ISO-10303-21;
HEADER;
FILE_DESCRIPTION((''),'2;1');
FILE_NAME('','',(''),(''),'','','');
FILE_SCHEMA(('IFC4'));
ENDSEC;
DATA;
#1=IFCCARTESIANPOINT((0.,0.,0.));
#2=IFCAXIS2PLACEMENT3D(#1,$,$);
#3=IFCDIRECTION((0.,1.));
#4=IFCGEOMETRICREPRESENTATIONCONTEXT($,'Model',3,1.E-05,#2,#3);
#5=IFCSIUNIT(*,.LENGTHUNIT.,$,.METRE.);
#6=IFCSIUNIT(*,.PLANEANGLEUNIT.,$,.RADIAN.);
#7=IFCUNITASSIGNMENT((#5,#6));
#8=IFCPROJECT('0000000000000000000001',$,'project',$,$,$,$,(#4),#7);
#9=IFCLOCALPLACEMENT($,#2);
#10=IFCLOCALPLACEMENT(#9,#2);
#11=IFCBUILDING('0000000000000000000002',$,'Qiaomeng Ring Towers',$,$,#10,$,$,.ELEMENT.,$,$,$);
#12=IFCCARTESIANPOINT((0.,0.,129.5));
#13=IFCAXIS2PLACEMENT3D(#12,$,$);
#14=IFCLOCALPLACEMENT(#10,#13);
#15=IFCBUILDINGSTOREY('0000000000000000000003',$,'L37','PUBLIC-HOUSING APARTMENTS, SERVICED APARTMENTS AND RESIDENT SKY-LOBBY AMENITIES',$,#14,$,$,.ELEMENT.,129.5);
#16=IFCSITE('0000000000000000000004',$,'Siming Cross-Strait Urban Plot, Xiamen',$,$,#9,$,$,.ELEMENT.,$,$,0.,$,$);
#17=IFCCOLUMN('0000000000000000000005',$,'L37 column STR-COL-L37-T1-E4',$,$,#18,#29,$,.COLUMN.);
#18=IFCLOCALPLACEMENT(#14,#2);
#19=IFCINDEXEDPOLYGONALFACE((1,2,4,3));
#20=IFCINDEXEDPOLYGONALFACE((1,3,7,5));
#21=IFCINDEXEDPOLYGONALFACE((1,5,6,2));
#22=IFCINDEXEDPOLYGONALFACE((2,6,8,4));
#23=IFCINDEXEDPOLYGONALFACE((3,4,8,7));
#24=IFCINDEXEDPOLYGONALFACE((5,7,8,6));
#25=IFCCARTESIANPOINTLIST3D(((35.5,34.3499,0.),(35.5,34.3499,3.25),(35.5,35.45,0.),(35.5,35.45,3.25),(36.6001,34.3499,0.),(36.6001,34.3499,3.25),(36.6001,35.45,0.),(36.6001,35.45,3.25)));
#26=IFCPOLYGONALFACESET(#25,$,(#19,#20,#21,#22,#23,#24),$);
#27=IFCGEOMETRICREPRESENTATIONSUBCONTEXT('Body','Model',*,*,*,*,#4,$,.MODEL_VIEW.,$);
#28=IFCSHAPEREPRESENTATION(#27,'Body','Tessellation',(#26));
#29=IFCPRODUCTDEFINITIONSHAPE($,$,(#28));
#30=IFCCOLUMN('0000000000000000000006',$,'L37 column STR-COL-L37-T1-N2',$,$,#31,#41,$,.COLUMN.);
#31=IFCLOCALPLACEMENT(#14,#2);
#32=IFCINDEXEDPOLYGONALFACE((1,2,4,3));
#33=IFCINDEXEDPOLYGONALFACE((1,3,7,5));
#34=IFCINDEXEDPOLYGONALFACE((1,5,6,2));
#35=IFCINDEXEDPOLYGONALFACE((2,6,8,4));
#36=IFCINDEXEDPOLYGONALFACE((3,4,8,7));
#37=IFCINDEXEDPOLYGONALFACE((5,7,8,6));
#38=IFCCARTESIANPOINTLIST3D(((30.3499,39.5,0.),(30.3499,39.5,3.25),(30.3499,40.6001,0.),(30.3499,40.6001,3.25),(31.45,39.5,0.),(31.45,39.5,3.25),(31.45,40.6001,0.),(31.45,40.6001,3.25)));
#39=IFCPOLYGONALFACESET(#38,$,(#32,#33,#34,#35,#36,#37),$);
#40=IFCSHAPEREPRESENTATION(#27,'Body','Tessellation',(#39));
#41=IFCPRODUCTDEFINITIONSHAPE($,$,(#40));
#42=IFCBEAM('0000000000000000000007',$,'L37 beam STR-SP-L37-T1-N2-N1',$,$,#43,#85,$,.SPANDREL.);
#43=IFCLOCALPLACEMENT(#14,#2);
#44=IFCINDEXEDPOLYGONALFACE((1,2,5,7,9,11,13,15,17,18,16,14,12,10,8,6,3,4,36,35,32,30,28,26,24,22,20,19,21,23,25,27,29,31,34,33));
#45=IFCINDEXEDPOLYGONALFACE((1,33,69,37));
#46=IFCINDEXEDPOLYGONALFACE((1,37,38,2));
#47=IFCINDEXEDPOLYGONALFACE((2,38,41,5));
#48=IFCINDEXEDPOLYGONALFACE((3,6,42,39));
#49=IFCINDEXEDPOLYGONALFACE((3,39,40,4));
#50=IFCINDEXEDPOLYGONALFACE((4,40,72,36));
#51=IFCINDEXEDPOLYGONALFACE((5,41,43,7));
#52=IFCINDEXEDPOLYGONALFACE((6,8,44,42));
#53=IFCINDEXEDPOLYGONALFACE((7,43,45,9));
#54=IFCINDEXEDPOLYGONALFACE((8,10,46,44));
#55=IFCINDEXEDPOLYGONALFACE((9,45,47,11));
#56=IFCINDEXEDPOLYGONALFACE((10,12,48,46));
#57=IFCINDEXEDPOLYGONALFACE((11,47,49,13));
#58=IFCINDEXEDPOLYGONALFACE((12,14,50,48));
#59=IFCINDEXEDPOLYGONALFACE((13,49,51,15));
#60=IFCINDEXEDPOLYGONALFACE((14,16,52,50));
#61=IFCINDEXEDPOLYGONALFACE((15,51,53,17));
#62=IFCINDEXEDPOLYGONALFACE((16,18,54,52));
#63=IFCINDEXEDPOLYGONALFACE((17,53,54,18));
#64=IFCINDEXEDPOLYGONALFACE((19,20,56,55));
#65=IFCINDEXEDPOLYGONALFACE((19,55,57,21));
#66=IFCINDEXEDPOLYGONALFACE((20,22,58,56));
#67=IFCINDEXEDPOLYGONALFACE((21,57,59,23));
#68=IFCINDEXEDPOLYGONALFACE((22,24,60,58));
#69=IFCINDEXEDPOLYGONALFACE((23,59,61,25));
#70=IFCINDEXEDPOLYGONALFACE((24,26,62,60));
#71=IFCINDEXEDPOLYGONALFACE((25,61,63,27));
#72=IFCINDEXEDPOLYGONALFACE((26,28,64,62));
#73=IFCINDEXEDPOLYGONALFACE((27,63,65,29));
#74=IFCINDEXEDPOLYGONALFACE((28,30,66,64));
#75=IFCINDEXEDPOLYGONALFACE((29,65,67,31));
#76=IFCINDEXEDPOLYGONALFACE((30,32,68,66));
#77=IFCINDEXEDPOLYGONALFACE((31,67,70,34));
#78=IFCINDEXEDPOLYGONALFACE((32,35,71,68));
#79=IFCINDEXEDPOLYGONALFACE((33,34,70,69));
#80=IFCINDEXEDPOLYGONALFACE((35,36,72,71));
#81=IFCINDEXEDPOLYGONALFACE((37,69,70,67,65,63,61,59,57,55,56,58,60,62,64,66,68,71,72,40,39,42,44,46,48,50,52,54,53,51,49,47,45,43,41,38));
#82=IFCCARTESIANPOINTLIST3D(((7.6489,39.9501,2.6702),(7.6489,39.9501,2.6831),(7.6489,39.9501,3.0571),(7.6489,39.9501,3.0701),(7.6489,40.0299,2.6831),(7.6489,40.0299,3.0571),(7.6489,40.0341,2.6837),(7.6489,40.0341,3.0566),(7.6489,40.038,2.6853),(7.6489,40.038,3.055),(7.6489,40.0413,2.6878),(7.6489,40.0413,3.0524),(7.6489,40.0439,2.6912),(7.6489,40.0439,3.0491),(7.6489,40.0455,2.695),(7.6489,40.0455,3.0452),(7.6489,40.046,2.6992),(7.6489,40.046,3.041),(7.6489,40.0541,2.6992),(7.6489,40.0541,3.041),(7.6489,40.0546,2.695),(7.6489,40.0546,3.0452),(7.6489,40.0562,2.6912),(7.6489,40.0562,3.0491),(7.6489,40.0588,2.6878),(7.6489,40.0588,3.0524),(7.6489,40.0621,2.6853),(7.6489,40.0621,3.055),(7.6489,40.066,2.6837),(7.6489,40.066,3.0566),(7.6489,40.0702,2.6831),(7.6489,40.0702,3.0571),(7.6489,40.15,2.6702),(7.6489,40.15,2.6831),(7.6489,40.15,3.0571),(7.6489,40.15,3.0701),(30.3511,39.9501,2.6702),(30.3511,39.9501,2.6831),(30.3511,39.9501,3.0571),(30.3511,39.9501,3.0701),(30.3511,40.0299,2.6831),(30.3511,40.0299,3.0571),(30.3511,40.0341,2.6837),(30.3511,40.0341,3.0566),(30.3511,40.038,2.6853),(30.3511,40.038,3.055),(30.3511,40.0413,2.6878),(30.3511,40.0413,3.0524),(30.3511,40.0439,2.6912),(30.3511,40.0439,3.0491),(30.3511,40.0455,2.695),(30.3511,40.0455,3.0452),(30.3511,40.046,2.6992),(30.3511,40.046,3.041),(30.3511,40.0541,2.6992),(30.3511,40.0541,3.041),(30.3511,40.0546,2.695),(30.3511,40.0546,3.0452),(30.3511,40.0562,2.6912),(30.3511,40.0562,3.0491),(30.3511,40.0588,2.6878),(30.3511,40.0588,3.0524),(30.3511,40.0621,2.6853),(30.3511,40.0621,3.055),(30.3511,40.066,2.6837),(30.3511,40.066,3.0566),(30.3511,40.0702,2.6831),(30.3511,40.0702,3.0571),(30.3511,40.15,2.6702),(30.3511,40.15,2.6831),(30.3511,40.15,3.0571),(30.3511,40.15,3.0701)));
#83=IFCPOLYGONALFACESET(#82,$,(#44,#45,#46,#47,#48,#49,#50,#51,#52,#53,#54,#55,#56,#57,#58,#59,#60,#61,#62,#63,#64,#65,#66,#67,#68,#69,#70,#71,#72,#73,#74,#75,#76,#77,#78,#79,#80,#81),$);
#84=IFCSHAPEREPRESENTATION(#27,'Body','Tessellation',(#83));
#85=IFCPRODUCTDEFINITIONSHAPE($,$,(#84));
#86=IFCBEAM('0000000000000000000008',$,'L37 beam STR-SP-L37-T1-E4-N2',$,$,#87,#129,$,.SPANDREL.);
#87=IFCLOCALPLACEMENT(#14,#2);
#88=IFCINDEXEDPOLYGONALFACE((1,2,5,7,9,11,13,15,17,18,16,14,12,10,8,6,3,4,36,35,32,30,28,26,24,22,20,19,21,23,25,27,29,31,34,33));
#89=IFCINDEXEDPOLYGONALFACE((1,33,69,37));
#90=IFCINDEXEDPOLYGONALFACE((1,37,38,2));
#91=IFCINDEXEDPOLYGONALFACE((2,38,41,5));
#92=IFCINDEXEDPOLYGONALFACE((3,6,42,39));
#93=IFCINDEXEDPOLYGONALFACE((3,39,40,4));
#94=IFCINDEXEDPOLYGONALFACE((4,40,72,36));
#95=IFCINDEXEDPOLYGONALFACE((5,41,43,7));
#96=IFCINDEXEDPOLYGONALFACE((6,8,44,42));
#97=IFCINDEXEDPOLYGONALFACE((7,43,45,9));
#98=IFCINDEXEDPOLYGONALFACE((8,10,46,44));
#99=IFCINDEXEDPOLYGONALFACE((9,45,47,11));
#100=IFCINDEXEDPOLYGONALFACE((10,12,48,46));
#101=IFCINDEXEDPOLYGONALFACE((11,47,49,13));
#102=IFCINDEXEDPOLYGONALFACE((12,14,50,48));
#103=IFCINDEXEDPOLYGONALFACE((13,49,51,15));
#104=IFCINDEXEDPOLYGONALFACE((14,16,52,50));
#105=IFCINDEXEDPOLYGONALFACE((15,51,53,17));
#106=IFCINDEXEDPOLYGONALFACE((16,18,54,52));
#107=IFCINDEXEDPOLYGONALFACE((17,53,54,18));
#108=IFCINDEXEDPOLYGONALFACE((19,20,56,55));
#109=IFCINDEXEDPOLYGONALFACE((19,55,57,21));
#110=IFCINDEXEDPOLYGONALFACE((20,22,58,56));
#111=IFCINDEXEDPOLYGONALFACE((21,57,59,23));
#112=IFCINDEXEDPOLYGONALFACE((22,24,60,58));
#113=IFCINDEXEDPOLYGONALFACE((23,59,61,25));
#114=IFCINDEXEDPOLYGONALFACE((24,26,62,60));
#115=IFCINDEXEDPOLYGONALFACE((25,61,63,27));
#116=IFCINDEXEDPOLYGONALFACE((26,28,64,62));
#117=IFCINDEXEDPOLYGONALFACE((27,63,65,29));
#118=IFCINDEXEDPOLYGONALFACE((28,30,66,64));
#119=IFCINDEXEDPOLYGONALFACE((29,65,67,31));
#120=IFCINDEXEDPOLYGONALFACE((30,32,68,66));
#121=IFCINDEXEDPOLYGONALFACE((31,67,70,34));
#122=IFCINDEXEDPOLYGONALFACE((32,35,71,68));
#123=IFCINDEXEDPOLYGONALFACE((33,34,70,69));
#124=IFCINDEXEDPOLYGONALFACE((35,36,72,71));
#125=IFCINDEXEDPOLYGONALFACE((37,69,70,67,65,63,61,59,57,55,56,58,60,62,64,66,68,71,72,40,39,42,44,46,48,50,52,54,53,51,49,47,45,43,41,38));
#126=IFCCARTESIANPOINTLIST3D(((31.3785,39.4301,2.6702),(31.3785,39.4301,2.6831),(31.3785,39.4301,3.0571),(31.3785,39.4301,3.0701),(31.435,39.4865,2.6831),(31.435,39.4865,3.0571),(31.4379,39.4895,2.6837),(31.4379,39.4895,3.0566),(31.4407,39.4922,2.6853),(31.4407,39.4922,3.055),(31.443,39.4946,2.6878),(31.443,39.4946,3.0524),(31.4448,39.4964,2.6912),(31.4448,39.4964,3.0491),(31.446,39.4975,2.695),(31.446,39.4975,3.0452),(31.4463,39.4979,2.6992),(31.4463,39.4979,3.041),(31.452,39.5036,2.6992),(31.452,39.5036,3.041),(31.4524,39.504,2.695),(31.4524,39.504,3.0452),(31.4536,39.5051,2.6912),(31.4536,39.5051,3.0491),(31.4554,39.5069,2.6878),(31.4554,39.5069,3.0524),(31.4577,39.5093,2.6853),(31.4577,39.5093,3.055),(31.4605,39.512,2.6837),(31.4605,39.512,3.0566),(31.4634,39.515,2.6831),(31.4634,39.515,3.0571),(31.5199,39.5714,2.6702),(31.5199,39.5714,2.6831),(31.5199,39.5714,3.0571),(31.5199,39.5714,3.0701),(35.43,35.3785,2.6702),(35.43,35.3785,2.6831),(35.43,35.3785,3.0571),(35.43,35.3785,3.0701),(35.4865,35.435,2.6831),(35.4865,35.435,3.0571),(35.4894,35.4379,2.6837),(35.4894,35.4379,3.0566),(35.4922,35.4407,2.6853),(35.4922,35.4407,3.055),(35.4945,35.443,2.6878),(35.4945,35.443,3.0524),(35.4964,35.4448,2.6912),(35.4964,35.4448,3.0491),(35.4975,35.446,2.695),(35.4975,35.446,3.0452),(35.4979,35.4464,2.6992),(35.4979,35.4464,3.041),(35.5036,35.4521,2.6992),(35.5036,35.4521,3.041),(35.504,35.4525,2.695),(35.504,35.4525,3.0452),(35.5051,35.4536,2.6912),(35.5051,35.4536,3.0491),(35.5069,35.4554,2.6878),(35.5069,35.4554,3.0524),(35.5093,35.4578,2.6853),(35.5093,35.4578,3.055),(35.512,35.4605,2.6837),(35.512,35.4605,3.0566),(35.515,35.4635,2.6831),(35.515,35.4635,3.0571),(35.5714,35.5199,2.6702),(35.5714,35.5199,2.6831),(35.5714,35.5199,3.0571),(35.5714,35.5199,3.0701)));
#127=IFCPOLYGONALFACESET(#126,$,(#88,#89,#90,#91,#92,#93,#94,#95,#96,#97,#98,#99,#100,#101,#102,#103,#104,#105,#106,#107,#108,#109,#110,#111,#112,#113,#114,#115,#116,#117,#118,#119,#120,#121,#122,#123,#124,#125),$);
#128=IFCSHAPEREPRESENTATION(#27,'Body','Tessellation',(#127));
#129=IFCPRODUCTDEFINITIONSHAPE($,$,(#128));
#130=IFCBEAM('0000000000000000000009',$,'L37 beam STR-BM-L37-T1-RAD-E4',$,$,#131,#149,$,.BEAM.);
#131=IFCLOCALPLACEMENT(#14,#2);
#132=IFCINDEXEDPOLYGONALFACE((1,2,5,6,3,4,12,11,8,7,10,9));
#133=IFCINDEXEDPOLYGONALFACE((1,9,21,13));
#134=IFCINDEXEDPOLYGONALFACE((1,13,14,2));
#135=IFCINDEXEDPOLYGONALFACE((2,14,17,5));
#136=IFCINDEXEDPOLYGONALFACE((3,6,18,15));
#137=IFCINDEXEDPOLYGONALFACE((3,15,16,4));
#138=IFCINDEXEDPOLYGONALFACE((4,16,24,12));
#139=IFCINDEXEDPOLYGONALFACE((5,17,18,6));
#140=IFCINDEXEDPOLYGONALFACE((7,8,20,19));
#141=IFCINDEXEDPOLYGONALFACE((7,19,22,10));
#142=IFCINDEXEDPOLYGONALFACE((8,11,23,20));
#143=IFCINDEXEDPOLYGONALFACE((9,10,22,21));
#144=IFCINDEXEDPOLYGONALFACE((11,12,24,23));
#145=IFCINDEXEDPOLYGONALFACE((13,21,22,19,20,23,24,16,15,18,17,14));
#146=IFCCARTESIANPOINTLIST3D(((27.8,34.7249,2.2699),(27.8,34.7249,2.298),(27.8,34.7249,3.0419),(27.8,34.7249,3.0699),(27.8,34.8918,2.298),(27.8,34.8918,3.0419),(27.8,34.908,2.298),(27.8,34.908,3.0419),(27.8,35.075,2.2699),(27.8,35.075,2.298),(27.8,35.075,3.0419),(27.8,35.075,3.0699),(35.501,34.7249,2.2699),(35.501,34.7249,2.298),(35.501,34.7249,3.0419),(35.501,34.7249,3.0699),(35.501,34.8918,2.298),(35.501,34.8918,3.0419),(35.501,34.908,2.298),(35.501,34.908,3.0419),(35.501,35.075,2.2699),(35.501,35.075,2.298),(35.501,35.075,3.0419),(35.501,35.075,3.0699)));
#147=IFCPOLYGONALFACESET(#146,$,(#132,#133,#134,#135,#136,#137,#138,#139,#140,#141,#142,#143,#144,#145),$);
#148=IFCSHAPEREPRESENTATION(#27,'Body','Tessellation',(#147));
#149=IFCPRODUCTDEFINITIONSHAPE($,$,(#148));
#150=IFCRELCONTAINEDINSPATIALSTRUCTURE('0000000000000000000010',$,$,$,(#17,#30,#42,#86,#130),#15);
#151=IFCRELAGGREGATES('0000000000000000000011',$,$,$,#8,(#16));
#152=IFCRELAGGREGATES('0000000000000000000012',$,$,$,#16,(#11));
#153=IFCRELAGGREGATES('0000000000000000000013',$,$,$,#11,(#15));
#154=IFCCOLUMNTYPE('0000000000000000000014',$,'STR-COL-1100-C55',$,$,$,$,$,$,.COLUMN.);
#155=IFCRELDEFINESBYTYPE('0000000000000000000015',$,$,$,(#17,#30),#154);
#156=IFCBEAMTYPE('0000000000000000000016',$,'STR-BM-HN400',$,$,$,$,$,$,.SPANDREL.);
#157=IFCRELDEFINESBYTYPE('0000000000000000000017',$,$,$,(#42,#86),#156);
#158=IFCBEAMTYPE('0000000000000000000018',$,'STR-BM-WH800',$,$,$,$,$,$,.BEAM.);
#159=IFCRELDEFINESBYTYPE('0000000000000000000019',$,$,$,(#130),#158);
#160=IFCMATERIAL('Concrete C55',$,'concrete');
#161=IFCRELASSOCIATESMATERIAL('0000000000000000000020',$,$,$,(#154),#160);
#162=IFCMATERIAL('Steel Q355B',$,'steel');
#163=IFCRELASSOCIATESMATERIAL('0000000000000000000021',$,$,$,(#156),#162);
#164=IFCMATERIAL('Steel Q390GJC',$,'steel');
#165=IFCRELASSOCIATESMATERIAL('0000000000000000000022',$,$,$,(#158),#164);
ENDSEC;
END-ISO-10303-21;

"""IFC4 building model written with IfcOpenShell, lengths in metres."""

from ifc_helpers import new_model, si_unit, direction, frame, origin, origin_2d, place, context, subcontext, project, spatial, rectangle, i_section, extrude, source, transform, mapped, material, material_profile, profile_set, type_object, element, save


model = new_model("IFC4")

# Units and contexts
model_context = context("Model", 3, precision=1e-05, world=origin(), true_north=direction((0.0, 1.0)))
body_context = subcontext(model_context, "Body", "Model", "MODEL_VIEW")
ifc_project = project(units=[si_unit("LENGTHUNIT", "METRE"), si_unit("PLANEANGLEUNIT", "RADIAN")], contexts=[model_context])

# Site, building, storey
site_placement = place(None, origin())
site = spatial("IfcSite", under=ifc_project, at=site_placement, Name="Siming Cross-Strait Urban Plot, Xiamen", CompositionType="ELEMENT", RefElevation=0.0)
building_placement = place(site_placement, origin())
building = spatial("IfcBuilding", under=site, at=building_placement, Name="Qiaomeng Ring Towers", CompositionType="ELEMENT")
storey_placement = place(building_placement, frame((0.0, 0.0, 129.5)))
storey = spatial("IfcBuildingStorey", under=building, at=storey_placement, Name="L37", Description="PUBLIC-HOUSING APARTMENTS, SERVICED APARTMENTS AND RESIDENT SKY-LOBBY AMENITIES", CompositionType="ELEMENT", Elevation=129.5)

# Columns
ifc_material_1 = material(Name="Concrete C55", Category="concrete")
ifc_material_profile_1 = material_profile(ifc_material_1, rectangle(XDim=1.1001, YDim=1.1001, at=origin_2d()), Name="RC COL 1100x1100")
ifc_profile_set_1 = profile_set([ifc_material_profile_1], Name="Concrete C55")
column_type = type_object("IfcColumnType", Name="STR-COL-1100-C55", PredefinedType="COLUMN", material=ifc_profile_set_1)
shared_shape_1 = source(origin(), body_context, "Body", "SweptSolid", [
    extrude(rectangle(XDim=1.1001, YDim=1.1001, at=origin_2d()), origin(), (0.0, 0.0, 1.0), 3.25),
])
for number, where, z_axis, x_axis, name in (
    (1, (36.05, 34.8999, 0.0), (0.0, 0.0, 1.0), (1.0, 0.0, 0.0), "L37 column STR-COL-L37-T1-E4"),
    (2, (30.8999, 40.05, 0.0), (0.0, 0.0, 1.0), (1.0, 0.0, 0.0), "L37 column STR-COL-L37-T1-N2"),
):
    element("IfcColumn", number, at=place(storey_placement, frame(where, z_axis=z_axis, x_axis=x_axis)), inside=storey, type_object=column_type, Name=name, PredefinedType="COLUMN", context=body_context, shape_type="MappedRepresentation", body=[
        mapped(shared_shape_1, transform((0.0, 0.0, 0.0), x_axis=(1.0, 0.0, 0.0), y_axis=(0.0, 1.0, 0.0), z_axis=(0.0, 0.0, 1.0), scale=1.0)),
    ])

# Beams
ifc_material_2 = material(Name="Steel Q355B", Category="steel")
ifc_material_profile_2 = material_profile(ifc_material_2, i_section(OverallWidth=0.2, OverallDepth=0.3999, WebThickness=0.0081, FlangeThickness=0.0129, FilletRadius=0.0161, at=origin_2d()), Name="HN 400x200x8x13")
ifc_profile_set_2 = profile_set([ifc_material_profile_2], Name="Steel Q355B")
beam_type_1 = type_object("IfcBeamType", Name="STR-BM-HN400", PredefinedType="SPANDREL", material=ifc_profile_set_2)
shared_shape_2 = source(origin(), body_context, "Body", "SweptSolid", [
    extrude(i_section(OverallWidth=0.2, OverallDepth=0.3999, WebThickness=0.0081, FlangeThickness=0.0129, FilletRadius=0.0161, at=origin_2d()), origin(), (0.0, 0.0, 1.0), 22.7021),
])
beam_1_placement = place(storey_placement, frame((30.3511, 40.05, 2.8701), z_axis=(-1.0, 0.0, 0.0), x_axis=(0.0, -1.0, 0.0)))
element("IfcBeam", 3, at=beam_1_placement, inside=storey, type_object=beam_type_1, Name="L37 beam STR-SP-L37-T1-N2-N1", PredefinedType="SPANDREL", context=body_context, shape_type="MappedRepresentation", body=[
    mapped(shared_shape_2, transform((0.0, 0.0, 0.0), x_axis=(1.0, 0.0, 0.0), y_axis=(0.0, 1.0, 0.0), z_axis=(0.0, 0.0, 1.0), scale=1.0)),
])
shared_shape_3 = source(origin(), body_context, "Body", "SweptSolid", [
    extrude(i_section(OverallWidth=0.2, OverallDepth=0.3999, WebThickness=0.0081, FlangeThickness=0.0129, FilletRadius=0.0161, at=origin_2d()), origin(), (0.0, 0.0, 1.0), 5.7297),
])
beam_2_placement = place(storey_placement, frame((35.5007, 35.4492, 2.8701), z_axis=(-0.707107, 0.707107, 0.0), x_axis=(-0.707107, -0.707107, 0.0)))
element("IfcBeam", 4, at=beam_2_placement, inside=storey, type_object=beam_type_1, Name="L37 beam STR-SP-L37-T1-E4-N2", PredefinedType="SPANDREL", context=body_context, shape_type="MappedRepresentation", body=[
    mapped(shared_shape_3, transform((0.0, 0.0, 0.0), x_axis=(1.0, 0.0, 0.0), y_axis=(0.0, 1.0, 0.0), z_axis=(0.0, 0.0, 1.0), scale=1.0)),
])
ifc_material_3 = material(Name="Steel Q390GJC", Category="steel")
ifc_material_profile_3 = material_profile(ifc_material_3, i_section(OverallWidth=0.3501, OverallDepth=0.8, WebThickness=0.0161, FlangeThickness=0.0281, at=origin_2d()), Name="WH 800x350x16x28")
ifc_profile_set_3 = profile_set([ifc_material_profile_3], Name="Steel Q390GJC")
beam_type_2 = type_object("IfcBeamType", Name="STR-BM-WH800", PredefinedType="BEAM", material=ifc_profile_set_3)
shared_shape_4 = source(origin(), body_context, "Body", "SweptSolid", [
    extrude(i_section(OverallWidth=0.3501, OverallDepth=0.8, WebThickness=0.0161, FlangeThickness=0.0281, at=origin_2d()), origin(), (0.0, 0.0, 1.0), 7.7009),
])
beam_3_placement = place(storey_placement, frame((27.8, 34.8999, 2.6699), z_axis=(1.0, 0.0, 0.0), x_axis=(0.0, 1.0, 0.0)))
element("IfcBeam", 5, at=beam_3_placement, inside=storey, type_object=beam_type_2, Name="L37 beam STR-BM-L37-T1-RAD-E4", PredefinedType="BEAM", context=body_context, shape_type="MappedRepresentation", body=[
    mapped(shared_shape_4, transform((0.0, 0.0, 0.0), x_axis=(1.0, 0.0, 0.0), y_axis=(0.0, 1.0, 0.0), z_axis=(0.0, 0.0, 1.0), scale=1.0)),
])

save(model, "model.ifc")
